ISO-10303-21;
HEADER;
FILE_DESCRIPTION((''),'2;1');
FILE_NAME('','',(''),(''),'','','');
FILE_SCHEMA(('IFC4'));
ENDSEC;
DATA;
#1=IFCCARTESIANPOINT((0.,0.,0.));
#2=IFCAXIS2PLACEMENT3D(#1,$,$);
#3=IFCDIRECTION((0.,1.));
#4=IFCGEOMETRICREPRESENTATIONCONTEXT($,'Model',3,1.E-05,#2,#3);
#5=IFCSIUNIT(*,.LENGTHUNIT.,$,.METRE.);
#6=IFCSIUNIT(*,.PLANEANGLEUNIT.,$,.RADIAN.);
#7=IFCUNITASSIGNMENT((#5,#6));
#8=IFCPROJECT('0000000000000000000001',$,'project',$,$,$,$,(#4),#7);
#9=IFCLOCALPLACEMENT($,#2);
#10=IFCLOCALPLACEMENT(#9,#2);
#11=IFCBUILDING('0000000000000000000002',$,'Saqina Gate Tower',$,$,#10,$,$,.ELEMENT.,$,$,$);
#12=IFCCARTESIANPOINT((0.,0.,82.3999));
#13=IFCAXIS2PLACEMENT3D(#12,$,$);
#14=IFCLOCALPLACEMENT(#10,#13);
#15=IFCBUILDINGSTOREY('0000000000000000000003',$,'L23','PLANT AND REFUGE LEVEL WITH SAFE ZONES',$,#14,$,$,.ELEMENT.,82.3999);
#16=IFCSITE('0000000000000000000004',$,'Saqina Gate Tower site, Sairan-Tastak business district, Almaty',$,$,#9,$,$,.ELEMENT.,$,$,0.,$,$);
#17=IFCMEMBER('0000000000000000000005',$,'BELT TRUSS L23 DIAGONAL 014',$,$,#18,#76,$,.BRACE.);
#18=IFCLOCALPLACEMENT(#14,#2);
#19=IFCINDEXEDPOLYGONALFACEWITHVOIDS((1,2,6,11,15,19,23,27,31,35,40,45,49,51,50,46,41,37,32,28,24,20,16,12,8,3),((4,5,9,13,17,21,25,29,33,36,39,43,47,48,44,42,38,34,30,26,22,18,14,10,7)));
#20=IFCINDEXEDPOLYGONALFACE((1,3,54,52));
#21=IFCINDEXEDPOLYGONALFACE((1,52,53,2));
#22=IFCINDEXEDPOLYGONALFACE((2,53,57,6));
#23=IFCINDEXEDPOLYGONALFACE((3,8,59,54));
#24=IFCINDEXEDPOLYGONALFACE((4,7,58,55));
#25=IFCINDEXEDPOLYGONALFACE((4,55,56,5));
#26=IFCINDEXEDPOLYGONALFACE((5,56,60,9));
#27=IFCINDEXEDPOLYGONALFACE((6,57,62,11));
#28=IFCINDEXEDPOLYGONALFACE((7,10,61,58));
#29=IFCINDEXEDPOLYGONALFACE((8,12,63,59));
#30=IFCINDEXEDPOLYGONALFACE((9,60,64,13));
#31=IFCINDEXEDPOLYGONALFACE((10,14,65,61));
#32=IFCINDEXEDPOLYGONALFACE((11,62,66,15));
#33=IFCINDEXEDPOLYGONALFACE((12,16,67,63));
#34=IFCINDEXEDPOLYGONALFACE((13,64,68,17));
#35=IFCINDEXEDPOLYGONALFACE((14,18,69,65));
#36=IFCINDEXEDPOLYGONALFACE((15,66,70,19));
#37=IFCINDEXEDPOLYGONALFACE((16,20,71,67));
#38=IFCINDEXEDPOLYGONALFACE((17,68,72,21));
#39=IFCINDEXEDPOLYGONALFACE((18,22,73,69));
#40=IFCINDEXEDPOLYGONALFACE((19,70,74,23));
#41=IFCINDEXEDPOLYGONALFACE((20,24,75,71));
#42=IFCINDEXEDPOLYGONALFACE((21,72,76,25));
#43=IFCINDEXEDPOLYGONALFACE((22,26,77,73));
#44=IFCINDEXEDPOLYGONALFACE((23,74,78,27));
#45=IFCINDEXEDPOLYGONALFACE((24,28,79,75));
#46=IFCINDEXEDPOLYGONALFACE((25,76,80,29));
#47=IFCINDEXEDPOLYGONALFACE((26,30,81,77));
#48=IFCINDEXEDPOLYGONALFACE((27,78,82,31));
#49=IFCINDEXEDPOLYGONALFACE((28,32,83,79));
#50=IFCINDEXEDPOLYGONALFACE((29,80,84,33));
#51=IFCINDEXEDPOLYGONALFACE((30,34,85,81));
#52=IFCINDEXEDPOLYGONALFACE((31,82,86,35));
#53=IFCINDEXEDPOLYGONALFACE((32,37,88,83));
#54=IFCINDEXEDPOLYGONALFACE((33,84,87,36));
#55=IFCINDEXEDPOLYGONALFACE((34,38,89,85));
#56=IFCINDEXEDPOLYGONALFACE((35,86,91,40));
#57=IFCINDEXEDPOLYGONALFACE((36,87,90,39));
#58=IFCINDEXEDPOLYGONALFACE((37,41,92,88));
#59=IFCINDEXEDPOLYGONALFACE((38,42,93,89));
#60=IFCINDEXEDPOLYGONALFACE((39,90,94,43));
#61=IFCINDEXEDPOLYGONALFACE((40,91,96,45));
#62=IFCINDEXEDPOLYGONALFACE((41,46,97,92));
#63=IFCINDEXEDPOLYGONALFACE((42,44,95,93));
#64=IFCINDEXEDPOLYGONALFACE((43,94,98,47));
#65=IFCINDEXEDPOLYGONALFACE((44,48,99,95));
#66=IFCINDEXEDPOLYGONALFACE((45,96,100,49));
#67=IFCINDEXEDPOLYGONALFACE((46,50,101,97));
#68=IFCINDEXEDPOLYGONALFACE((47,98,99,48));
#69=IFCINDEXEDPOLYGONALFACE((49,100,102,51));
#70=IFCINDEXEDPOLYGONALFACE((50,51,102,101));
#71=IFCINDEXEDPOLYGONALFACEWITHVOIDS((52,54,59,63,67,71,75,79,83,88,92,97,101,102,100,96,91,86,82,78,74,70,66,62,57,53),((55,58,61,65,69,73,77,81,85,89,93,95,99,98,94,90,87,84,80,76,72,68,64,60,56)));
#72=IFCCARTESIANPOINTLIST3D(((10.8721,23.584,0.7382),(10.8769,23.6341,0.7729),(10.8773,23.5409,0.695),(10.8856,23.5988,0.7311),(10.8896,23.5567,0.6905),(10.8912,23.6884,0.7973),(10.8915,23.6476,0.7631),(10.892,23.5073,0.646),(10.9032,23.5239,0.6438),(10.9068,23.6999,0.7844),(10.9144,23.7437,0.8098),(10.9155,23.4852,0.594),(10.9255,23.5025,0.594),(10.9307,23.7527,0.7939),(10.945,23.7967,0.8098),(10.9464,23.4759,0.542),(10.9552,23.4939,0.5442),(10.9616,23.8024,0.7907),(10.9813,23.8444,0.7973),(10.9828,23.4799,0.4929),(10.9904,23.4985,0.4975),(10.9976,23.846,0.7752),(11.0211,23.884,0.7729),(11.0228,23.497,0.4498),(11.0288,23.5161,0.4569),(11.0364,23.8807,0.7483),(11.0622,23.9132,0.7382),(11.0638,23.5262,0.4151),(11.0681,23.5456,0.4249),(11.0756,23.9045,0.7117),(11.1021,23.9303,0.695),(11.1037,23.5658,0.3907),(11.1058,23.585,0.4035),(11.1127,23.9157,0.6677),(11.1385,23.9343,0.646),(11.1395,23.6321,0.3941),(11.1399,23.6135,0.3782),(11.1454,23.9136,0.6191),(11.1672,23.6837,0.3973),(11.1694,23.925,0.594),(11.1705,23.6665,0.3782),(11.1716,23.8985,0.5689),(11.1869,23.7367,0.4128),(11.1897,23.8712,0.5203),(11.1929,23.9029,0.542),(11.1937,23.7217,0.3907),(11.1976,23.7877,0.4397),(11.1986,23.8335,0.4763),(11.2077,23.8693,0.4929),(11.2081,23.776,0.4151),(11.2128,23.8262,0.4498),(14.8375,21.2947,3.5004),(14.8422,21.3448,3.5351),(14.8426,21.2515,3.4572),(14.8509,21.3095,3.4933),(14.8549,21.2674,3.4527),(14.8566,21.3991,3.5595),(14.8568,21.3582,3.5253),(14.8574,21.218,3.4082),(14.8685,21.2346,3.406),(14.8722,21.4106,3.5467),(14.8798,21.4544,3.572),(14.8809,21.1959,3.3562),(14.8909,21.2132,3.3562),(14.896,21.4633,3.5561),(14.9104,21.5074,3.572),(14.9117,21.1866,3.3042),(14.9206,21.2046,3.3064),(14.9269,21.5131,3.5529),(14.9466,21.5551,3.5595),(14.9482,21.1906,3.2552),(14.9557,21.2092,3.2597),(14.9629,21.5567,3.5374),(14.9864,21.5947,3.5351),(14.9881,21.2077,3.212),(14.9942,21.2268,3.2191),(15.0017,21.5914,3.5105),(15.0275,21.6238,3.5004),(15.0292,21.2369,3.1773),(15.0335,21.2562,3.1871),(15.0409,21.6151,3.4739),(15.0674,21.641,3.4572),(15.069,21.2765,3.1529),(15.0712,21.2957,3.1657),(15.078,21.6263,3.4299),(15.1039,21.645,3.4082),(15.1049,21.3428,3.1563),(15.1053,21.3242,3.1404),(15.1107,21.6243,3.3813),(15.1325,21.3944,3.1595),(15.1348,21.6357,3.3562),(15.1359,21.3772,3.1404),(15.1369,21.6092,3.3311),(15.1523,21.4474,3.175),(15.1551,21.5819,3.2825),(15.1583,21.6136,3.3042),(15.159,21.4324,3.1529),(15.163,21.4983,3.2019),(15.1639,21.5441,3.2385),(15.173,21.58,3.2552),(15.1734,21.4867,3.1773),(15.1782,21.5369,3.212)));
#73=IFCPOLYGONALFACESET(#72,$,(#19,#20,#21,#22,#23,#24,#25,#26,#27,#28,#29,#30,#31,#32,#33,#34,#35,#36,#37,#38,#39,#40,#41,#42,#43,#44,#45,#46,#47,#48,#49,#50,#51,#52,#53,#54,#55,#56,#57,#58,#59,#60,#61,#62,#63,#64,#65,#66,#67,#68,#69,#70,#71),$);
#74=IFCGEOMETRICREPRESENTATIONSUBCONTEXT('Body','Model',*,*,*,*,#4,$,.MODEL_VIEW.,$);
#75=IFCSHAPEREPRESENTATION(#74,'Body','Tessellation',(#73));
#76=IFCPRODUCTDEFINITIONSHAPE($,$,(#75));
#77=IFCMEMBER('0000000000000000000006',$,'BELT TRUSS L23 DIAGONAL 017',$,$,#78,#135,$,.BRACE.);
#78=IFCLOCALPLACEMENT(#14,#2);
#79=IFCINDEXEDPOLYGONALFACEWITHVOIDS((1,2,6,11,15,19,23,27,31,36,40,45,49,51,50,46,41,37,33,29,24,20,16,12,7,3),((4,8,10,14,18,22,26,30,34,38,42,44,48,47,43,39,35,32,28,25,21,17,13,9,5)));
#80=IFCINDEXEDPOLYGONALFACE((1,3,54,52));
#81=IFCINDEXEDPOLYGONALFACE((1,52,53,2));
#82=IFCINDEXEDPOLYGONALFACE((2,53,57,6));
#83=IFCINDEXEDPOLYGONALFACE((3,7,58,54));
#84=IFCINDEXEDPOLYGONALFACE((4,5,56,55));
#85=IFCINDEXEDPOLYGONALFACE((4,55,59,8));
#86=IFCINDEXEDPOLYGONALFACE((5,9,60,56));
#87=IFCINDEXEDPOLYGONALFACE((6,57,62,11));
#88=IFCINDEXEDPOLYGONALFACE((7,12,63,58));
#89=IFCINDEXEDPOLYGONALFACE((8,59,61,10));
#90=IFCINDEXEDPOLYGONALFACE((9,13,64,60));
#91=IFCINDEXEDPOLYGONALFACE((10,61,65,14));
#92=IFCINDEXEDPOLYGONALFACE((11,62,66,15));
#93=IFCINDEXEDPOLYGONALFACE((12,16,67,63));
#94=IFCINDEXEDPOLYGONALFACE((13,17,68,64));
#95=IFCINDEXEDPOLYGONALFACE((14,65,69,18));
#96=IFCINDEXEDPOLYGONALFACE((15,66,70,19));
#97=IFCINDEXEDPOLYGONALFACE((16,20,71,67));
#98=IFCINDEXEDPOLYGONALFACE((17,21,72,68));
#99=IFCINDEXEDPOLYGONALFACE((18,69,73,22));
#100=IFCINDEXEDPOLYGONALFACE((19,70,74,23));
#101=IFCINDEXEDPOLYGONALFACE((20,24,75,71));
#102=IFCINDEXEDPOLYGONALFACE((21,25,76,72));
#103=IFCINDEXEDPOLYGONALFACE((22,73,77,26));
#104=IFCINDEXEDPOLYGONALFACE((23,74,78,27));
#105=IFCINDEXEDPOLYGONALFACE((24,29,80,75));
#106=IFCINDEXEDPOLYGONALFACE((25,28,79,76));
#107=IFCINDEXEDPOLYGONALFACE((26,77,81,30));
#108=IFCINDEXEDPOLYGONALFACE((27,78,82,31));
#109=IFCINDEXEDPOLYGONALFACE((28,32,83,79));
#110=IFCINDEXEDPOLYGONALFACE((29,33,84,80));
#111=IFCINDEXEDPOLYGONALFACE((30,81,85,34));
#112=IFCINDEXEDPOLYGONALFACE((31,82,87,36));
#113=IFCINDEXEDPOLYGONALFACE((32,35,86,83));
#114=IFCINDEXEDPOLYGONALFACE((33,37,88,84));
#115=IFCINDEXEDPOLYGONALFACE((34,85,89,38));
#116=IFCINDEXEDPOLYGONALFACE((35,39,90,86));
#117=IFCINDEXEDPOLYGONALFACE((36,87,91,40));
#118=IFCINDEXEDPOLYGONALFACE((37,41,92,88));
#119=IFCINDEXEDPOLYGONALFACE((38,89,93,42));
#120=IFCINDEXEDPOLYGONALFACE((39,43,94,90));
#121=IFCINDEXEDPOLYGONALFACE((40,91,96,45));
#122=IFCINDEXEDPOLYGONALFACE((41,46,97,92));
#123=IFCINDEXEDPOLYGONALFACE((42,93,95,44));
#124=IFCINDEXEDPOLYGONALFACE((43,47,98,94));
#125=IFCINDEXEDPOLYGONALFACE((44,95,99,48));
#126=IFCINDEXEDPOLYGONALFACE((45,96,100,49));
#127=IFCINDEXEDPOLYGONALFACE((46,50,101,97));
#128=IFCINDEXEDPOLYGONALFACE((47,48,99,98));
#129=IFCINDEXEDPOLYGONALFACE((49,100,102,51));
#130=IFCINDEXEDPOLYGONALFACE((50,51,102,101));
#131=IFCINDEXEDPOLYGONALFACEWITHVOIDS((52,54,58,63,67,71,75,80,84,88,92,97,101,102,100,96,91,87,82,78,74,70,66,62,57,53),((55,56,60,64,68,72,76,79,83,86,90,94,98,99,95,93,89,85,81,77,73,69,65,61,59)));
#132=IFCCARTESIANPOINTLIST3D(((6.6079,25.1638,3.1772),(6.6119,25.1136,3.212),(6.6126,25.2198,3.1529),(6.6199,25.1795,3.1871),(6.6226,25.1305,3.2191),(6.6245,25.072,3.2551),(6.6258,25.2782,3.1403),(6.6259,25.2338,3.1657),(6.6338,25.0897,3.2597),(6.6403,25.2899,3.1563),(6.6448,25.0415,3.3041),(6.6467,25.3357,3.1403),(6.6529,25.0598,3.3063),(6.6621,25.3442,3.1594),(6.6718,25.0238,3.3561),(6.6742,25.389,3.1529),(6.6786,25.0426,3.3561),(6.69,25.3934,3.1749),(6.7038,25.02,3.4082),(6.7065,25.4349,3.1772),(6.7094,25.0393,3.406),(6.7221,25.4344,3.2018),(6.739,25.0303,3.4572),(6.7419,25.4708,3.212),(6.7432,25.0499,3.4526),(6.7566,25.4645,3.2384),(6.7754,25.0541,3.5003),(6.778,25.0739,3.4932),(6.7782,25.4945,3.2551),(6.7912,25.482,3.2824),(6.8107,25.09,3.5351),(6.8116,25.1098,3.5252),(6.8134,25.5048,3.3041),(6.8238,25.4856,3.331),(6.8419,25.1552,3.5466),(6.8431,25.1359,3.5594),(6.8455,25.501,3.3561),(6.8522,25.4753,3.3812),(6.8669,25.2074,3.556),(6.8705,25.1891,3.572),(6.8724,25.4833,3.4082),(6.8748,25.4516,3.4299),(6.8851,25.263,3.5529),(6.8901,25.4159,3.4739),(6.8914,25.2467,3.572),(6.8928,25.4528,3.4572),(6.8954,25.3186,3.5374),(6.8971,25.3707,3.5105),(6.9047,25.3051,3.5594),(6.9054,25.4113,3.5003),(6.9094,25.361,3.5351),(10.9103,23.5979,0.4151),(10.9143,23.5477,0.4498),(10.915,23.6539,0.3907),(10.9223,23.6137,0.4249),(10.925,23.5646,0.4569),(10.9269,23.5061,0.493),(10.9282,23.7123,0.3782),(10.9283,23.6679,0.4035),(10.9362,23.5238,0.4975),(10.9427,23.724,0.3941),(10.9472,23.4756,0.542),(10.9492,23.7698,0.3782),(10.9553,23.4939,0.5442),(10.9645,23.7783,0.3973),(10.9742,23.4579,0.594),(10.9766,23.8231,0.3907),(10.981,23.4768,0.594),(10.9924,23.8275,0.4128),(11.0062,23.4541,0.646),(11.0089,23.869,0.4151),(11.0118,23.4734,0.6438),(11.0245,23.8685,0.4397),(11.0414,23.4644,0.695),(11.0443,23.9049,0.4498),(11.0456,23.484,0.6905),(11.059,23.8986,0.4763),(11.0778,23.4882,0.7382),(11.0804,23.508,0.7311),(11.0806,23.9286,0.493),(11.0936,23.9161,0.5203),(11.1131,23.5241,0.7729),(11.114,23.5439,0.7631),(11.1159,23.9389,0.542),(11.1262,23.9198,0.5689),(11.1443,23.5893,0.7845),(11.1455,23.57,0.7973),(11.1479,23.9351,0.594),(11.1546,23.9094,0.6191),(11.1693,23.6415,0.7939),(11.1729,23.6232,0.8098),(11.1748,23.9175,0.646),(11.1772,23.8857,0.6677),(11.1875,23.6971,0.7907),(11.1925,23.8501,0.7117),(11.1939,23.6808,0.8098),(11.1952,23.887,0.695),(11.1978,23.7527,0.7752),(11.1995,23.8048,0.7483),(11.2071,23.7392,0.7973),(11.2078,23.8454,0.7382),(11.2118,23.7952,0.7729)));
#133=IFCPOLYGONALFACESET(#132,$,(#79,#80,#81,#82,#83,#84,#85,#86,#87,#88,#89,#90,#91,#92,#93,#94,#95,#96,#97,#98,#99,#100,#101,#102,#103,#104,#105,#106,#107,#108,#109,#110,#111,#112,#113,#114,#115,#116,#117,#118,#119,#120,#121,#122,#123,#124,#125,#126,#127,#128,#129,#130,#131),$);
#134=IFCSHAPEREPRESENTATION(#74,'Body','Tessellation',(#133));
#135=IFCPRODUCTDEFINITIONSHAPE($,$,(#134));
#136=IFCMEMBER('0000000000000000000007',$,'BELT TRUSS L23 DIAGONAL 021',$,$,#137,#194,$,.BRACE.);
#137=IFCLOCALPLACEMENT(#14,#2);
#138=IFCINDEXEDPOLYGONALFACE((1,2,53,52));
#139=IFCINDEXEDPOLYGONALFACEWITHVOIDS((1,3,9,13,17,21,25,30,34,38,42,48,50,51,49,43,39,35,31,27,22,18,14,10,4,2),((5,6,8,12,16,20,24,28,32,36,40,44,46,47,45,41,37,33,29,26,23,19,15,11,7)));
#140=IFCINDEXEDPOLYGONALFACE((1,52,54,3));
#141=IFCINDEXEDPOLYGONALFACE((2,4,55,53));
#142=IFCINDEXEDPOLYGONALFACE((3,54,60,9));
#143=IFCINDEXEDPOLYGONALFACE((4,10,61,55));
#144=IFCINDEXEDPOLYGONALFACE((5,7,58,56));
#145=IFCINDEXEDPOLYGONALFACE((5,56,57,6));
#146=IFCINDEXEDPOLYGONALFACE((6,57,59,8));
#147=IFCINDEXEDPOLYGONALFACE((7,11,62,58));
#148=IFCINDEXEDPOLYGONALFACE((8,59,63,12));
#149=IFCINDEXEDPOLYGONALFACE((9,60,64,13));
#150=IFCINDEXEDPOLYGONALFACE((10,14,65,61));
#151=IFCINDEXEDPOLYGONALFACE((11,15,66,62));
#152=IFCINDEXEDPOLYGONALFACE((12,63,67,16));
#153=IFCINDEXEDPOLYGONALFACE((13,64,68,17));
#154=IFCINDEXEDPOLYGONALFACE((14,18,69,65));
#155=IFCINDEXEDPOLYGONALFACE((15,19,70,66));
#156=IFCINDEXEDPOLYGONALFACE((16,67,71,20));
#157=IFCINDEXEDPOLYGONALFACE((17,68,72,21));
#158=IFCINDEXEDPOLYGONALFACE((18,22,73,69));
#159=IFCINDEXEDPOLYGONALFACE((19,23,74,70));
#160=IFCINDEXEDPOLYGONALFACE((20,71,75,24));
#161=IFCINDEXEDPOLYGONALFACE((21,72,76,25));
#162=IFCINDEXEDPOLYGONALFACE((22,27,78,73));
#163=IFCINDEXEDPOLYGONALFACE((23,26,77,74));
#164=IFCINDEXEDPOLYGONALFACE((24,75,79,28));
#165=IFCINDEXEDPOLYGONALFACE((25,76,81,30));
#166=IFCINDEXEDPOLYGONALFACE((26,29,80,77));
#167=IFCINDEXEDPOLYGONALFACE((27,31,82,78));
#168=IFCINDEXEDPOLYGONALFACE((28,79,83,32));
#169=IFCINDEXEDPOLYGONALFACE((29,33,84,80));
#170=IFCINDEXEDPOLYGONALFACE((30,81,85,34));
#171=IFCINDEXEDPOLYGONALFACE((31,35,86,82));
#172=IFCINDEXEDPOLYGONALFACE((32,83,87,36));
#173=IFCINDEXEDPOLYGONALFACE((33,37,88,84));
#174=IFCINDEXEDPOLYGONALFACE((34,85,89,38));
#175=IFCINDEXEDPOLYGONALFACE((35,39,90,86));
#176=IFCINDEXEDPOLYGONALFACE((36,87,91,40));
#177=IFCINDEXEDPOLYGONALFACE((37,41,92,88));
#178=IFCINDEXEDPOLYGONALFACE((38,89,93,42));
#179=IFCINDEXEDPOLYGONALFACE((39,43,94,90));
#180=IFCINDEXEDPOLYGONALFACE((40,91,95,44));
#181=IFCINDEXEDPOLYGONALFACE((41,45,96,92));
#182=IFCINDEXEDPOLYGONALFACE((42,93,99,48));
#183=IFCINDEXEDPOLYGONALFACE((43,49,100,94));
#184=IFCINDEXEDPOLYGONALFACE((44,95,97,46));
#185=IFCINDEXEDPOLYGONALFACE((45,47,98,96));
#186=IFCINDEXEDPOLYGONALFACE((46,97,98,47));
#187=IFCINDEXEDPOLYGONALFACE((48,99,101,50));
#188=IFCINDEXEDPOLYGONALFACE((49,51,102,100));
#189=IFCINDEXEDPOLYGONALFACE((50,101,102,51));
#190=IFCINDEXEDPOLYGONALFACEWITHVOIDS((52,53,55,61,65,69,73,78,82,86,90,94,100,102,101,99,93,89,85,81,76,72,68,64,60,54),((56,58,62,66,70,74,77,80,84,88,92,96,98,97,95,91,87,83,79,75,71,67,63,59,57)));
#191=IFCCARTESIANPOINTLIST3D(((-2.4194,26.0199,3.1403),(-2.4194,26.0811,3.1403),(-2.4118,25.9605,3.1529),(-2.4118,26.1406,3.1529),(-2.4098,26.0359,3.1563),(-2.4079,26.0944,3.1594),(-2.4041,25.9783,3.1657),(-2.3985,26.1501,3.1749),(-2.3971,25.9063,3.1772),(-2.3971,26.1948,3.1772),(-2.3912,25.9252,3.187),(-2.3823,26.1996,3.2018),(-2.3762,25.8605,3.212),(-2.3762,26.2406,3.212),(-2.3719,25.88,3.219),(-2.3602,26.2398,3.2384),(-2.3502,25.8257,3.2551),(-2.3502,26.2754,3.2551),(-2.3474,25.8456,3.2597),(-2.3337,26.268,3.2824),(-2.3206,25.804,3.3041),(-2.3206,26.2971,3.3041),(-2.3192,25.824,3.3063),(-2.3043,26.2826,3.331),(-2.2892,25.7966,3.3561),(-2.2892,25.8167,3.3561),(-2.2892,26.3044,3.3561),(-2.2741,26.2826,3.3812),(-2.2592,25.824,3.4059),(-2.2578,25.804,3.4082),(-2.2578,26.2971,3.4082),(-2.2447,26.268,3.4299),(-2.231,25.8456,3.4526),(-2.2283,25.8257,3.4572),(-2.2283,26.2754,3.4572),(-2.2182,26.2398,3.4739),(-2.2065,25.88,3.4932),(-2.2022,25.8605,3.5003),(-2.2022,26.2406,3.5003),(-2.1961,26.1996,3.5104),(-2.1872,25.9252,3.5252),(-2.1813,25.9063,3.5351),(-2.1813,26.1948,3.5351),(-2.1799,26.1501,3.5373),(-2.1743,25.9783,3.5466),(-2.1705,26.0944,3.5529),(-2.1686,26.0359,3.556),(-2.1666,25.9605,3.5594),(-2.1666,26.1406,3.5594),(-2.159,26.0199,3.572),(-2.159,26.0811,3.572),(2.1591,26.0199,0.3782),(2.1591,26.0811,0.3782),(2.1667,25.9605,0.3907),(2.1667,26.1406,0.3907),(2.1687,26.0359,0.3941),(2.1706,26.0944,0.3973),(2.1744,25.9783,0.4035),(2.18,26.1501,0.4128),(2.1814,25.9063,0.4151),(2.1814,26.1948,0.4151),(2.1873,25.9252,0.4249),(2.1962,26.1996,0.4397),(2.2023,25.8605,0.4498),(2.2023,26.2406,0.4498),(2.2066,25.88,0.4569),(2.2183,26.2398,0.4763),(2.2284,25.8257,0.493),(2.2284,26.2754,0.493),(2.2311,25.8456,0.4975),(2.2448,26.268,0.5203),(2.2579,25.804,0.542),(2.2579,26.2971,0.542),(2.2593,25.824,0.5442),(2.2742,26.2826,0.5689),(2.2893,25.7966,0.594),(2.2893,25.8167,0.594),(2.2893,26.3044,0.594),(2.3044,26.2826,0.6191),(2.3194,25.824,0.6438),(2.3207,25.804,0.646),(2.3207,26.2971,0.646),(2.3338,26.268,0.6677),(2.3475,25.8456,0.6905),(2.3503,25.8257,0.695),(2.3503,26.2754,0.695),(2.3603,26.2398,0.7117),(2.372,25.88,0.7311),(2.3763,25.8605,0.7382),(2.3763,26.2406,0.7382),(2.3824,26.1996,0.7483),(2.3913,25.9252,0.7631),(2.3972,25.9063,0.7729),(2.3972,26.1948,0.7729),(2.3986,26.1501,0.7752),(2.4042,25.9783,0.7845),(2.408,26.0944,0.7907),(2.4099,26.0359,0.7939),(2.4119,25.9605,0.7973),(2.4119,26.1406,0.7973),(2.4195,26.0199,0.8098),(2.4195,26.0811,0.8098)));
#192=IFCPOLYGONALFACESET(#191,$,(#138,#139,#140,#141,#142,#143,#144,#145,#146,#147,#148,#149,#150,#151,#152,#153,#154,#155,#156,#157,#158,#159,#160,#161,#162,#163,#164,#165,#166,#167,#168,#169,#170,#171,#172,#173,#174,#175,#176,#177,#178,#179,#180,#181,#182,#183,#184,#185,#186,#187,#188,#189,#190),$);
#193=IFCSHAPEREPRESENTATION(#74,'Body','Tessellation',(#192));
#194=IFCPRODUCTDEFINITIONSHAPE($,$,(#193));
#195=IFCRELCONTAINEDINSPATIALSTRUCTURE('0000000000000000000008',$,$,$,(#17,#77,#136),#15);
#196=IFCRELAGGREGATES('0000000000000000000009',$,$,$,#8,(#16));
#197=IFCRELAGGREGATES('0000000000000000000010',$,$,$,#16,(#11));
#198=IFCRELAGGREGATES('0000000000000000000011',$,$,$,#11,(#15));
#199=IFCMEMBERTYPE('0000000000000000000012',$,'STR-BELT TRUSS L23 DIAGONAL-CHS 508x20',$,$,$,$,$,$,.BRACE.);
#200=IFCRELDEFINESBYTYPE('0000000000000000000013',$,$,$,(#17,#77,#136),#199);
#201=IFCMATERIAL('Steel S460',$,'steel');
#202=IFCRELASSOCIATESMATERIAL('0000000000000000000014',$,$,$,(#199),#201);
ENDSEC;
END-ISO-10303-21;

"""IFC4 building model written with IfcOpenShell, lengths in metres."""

from ifc_helpers import new_model, si_unit, direction, frame, origin, origin_2d, place, context, subcontext, project, spatial, hollow_circle, extrude, material, material_profile, profile_set, type_object, element, save


model = new_model("IFC4")

# Units and contexts
model_context = context("Model", 3, precision=1e-05, world=origin(), true_north=direction((0.0, 1.0)))
body_context = subcontext(model_context, "Body", "Model", "MODEL_VIEW")
ifc_project = project(units=[si_unit("LENGTHUNIT", "METRE"), si_unit("PLANEANGLEUNIT", "RADIAN")], contexts=[model_context])

# Site, building, storey
site_placement = place(None, origin())
site = spatial("IfcSite", under=ifc_project, at=site_placement, Name="Saqina Gate Tower site, Sairan-Tastak business district, Almaty", CompositionType="ELEMENT", RefElevation=0.0)
building_placement = place(site_placement, origin())
building = spatial("IfcBuilding", under=site, at=building_placement, Name="Saqina Gate Tower", CompositionType="ELEMENT")
storey_placement = place(building_placement, frame((0.0, 0.0, 82.3999)))
storey = spatial("IfcBuildingStorey", under=building, at=storey_placement, Name="L23", Description="PLANT AND REFUGE LEVEL WITH SAFE ZONES", CompositionType="ELEMENT", Elevation=82.3999)

# Members
ifc_material_1 = material(Name="Steel S460", Category="steel")
ifc_material_profile_1 = material_profile(ifc_material_1, hollow_circle(Radius=0.2539, WallThickness=0.02, at=origin_2d()), Name="CHS 508x20")
ifc_profile_set_1 = profile_set([ifc_material_profile_1], Name="Steel S460")
member_type_1 = type_object("IfcMemberType", Name="STR-BELT TRUSS L23 DIAGONAL-CHS 508x20", PredefinedType="BRACE", material=ifc_profile_set_1)
member_1_placement = place(storey_placement, frame((15.0078, 21.4158, 3.3562), z_axis=(-0.741545, 0.428117, -0.516552), x_axis=(-0.499987, -0.866033, 0.0)))
element("IfcMember", 1, at=member_1_placement, inside=storey, type_object=member_type_1, Name="BELT TRUSS L23 DIAGONAL 014", PredefinedType="BRACE", context=body_context, shape_type="SweptSolid", body=[
    extrude(hollow_circle(Radius=0.2539, WallThickness=0.02, at=origin_2d()), origin(), (0.0, 0.0, 1.0), 5.3474),
])
for number, where, z_axis, x_axis, name in (
    (2, (11.061, 23.6965, 0.594), (-0.804614, 0.292844, 0.516564), (-0.342008, -0.939697, 0.0), "BELT TRUSS L23 DIAGONAL 017"),
    (3, (2.2893, 26.0505, 0.594), (-0.85625, 0.0, 0.516562), (0.0, -1.0, 0.0), "BELT TRUSS L23 DIAGONAL 021"),
):
    element("IfcMember", number, at=place(storey_placement, frame(where, z_axis=z_axis, x_axis=x_axis)), inside=storey, type_object=member_type_1, Name=name, PredefinedType="BRACE", context=body_context, shape_type="SweptSolid", body=[
        extrude(hollow_circle(Radius=0.2539, WallThickness=0.02, at=origin_2d()), origin(), (0.0, 0.0, 1.0), 5.3472),
    ])

save(model, "model.ifc")
